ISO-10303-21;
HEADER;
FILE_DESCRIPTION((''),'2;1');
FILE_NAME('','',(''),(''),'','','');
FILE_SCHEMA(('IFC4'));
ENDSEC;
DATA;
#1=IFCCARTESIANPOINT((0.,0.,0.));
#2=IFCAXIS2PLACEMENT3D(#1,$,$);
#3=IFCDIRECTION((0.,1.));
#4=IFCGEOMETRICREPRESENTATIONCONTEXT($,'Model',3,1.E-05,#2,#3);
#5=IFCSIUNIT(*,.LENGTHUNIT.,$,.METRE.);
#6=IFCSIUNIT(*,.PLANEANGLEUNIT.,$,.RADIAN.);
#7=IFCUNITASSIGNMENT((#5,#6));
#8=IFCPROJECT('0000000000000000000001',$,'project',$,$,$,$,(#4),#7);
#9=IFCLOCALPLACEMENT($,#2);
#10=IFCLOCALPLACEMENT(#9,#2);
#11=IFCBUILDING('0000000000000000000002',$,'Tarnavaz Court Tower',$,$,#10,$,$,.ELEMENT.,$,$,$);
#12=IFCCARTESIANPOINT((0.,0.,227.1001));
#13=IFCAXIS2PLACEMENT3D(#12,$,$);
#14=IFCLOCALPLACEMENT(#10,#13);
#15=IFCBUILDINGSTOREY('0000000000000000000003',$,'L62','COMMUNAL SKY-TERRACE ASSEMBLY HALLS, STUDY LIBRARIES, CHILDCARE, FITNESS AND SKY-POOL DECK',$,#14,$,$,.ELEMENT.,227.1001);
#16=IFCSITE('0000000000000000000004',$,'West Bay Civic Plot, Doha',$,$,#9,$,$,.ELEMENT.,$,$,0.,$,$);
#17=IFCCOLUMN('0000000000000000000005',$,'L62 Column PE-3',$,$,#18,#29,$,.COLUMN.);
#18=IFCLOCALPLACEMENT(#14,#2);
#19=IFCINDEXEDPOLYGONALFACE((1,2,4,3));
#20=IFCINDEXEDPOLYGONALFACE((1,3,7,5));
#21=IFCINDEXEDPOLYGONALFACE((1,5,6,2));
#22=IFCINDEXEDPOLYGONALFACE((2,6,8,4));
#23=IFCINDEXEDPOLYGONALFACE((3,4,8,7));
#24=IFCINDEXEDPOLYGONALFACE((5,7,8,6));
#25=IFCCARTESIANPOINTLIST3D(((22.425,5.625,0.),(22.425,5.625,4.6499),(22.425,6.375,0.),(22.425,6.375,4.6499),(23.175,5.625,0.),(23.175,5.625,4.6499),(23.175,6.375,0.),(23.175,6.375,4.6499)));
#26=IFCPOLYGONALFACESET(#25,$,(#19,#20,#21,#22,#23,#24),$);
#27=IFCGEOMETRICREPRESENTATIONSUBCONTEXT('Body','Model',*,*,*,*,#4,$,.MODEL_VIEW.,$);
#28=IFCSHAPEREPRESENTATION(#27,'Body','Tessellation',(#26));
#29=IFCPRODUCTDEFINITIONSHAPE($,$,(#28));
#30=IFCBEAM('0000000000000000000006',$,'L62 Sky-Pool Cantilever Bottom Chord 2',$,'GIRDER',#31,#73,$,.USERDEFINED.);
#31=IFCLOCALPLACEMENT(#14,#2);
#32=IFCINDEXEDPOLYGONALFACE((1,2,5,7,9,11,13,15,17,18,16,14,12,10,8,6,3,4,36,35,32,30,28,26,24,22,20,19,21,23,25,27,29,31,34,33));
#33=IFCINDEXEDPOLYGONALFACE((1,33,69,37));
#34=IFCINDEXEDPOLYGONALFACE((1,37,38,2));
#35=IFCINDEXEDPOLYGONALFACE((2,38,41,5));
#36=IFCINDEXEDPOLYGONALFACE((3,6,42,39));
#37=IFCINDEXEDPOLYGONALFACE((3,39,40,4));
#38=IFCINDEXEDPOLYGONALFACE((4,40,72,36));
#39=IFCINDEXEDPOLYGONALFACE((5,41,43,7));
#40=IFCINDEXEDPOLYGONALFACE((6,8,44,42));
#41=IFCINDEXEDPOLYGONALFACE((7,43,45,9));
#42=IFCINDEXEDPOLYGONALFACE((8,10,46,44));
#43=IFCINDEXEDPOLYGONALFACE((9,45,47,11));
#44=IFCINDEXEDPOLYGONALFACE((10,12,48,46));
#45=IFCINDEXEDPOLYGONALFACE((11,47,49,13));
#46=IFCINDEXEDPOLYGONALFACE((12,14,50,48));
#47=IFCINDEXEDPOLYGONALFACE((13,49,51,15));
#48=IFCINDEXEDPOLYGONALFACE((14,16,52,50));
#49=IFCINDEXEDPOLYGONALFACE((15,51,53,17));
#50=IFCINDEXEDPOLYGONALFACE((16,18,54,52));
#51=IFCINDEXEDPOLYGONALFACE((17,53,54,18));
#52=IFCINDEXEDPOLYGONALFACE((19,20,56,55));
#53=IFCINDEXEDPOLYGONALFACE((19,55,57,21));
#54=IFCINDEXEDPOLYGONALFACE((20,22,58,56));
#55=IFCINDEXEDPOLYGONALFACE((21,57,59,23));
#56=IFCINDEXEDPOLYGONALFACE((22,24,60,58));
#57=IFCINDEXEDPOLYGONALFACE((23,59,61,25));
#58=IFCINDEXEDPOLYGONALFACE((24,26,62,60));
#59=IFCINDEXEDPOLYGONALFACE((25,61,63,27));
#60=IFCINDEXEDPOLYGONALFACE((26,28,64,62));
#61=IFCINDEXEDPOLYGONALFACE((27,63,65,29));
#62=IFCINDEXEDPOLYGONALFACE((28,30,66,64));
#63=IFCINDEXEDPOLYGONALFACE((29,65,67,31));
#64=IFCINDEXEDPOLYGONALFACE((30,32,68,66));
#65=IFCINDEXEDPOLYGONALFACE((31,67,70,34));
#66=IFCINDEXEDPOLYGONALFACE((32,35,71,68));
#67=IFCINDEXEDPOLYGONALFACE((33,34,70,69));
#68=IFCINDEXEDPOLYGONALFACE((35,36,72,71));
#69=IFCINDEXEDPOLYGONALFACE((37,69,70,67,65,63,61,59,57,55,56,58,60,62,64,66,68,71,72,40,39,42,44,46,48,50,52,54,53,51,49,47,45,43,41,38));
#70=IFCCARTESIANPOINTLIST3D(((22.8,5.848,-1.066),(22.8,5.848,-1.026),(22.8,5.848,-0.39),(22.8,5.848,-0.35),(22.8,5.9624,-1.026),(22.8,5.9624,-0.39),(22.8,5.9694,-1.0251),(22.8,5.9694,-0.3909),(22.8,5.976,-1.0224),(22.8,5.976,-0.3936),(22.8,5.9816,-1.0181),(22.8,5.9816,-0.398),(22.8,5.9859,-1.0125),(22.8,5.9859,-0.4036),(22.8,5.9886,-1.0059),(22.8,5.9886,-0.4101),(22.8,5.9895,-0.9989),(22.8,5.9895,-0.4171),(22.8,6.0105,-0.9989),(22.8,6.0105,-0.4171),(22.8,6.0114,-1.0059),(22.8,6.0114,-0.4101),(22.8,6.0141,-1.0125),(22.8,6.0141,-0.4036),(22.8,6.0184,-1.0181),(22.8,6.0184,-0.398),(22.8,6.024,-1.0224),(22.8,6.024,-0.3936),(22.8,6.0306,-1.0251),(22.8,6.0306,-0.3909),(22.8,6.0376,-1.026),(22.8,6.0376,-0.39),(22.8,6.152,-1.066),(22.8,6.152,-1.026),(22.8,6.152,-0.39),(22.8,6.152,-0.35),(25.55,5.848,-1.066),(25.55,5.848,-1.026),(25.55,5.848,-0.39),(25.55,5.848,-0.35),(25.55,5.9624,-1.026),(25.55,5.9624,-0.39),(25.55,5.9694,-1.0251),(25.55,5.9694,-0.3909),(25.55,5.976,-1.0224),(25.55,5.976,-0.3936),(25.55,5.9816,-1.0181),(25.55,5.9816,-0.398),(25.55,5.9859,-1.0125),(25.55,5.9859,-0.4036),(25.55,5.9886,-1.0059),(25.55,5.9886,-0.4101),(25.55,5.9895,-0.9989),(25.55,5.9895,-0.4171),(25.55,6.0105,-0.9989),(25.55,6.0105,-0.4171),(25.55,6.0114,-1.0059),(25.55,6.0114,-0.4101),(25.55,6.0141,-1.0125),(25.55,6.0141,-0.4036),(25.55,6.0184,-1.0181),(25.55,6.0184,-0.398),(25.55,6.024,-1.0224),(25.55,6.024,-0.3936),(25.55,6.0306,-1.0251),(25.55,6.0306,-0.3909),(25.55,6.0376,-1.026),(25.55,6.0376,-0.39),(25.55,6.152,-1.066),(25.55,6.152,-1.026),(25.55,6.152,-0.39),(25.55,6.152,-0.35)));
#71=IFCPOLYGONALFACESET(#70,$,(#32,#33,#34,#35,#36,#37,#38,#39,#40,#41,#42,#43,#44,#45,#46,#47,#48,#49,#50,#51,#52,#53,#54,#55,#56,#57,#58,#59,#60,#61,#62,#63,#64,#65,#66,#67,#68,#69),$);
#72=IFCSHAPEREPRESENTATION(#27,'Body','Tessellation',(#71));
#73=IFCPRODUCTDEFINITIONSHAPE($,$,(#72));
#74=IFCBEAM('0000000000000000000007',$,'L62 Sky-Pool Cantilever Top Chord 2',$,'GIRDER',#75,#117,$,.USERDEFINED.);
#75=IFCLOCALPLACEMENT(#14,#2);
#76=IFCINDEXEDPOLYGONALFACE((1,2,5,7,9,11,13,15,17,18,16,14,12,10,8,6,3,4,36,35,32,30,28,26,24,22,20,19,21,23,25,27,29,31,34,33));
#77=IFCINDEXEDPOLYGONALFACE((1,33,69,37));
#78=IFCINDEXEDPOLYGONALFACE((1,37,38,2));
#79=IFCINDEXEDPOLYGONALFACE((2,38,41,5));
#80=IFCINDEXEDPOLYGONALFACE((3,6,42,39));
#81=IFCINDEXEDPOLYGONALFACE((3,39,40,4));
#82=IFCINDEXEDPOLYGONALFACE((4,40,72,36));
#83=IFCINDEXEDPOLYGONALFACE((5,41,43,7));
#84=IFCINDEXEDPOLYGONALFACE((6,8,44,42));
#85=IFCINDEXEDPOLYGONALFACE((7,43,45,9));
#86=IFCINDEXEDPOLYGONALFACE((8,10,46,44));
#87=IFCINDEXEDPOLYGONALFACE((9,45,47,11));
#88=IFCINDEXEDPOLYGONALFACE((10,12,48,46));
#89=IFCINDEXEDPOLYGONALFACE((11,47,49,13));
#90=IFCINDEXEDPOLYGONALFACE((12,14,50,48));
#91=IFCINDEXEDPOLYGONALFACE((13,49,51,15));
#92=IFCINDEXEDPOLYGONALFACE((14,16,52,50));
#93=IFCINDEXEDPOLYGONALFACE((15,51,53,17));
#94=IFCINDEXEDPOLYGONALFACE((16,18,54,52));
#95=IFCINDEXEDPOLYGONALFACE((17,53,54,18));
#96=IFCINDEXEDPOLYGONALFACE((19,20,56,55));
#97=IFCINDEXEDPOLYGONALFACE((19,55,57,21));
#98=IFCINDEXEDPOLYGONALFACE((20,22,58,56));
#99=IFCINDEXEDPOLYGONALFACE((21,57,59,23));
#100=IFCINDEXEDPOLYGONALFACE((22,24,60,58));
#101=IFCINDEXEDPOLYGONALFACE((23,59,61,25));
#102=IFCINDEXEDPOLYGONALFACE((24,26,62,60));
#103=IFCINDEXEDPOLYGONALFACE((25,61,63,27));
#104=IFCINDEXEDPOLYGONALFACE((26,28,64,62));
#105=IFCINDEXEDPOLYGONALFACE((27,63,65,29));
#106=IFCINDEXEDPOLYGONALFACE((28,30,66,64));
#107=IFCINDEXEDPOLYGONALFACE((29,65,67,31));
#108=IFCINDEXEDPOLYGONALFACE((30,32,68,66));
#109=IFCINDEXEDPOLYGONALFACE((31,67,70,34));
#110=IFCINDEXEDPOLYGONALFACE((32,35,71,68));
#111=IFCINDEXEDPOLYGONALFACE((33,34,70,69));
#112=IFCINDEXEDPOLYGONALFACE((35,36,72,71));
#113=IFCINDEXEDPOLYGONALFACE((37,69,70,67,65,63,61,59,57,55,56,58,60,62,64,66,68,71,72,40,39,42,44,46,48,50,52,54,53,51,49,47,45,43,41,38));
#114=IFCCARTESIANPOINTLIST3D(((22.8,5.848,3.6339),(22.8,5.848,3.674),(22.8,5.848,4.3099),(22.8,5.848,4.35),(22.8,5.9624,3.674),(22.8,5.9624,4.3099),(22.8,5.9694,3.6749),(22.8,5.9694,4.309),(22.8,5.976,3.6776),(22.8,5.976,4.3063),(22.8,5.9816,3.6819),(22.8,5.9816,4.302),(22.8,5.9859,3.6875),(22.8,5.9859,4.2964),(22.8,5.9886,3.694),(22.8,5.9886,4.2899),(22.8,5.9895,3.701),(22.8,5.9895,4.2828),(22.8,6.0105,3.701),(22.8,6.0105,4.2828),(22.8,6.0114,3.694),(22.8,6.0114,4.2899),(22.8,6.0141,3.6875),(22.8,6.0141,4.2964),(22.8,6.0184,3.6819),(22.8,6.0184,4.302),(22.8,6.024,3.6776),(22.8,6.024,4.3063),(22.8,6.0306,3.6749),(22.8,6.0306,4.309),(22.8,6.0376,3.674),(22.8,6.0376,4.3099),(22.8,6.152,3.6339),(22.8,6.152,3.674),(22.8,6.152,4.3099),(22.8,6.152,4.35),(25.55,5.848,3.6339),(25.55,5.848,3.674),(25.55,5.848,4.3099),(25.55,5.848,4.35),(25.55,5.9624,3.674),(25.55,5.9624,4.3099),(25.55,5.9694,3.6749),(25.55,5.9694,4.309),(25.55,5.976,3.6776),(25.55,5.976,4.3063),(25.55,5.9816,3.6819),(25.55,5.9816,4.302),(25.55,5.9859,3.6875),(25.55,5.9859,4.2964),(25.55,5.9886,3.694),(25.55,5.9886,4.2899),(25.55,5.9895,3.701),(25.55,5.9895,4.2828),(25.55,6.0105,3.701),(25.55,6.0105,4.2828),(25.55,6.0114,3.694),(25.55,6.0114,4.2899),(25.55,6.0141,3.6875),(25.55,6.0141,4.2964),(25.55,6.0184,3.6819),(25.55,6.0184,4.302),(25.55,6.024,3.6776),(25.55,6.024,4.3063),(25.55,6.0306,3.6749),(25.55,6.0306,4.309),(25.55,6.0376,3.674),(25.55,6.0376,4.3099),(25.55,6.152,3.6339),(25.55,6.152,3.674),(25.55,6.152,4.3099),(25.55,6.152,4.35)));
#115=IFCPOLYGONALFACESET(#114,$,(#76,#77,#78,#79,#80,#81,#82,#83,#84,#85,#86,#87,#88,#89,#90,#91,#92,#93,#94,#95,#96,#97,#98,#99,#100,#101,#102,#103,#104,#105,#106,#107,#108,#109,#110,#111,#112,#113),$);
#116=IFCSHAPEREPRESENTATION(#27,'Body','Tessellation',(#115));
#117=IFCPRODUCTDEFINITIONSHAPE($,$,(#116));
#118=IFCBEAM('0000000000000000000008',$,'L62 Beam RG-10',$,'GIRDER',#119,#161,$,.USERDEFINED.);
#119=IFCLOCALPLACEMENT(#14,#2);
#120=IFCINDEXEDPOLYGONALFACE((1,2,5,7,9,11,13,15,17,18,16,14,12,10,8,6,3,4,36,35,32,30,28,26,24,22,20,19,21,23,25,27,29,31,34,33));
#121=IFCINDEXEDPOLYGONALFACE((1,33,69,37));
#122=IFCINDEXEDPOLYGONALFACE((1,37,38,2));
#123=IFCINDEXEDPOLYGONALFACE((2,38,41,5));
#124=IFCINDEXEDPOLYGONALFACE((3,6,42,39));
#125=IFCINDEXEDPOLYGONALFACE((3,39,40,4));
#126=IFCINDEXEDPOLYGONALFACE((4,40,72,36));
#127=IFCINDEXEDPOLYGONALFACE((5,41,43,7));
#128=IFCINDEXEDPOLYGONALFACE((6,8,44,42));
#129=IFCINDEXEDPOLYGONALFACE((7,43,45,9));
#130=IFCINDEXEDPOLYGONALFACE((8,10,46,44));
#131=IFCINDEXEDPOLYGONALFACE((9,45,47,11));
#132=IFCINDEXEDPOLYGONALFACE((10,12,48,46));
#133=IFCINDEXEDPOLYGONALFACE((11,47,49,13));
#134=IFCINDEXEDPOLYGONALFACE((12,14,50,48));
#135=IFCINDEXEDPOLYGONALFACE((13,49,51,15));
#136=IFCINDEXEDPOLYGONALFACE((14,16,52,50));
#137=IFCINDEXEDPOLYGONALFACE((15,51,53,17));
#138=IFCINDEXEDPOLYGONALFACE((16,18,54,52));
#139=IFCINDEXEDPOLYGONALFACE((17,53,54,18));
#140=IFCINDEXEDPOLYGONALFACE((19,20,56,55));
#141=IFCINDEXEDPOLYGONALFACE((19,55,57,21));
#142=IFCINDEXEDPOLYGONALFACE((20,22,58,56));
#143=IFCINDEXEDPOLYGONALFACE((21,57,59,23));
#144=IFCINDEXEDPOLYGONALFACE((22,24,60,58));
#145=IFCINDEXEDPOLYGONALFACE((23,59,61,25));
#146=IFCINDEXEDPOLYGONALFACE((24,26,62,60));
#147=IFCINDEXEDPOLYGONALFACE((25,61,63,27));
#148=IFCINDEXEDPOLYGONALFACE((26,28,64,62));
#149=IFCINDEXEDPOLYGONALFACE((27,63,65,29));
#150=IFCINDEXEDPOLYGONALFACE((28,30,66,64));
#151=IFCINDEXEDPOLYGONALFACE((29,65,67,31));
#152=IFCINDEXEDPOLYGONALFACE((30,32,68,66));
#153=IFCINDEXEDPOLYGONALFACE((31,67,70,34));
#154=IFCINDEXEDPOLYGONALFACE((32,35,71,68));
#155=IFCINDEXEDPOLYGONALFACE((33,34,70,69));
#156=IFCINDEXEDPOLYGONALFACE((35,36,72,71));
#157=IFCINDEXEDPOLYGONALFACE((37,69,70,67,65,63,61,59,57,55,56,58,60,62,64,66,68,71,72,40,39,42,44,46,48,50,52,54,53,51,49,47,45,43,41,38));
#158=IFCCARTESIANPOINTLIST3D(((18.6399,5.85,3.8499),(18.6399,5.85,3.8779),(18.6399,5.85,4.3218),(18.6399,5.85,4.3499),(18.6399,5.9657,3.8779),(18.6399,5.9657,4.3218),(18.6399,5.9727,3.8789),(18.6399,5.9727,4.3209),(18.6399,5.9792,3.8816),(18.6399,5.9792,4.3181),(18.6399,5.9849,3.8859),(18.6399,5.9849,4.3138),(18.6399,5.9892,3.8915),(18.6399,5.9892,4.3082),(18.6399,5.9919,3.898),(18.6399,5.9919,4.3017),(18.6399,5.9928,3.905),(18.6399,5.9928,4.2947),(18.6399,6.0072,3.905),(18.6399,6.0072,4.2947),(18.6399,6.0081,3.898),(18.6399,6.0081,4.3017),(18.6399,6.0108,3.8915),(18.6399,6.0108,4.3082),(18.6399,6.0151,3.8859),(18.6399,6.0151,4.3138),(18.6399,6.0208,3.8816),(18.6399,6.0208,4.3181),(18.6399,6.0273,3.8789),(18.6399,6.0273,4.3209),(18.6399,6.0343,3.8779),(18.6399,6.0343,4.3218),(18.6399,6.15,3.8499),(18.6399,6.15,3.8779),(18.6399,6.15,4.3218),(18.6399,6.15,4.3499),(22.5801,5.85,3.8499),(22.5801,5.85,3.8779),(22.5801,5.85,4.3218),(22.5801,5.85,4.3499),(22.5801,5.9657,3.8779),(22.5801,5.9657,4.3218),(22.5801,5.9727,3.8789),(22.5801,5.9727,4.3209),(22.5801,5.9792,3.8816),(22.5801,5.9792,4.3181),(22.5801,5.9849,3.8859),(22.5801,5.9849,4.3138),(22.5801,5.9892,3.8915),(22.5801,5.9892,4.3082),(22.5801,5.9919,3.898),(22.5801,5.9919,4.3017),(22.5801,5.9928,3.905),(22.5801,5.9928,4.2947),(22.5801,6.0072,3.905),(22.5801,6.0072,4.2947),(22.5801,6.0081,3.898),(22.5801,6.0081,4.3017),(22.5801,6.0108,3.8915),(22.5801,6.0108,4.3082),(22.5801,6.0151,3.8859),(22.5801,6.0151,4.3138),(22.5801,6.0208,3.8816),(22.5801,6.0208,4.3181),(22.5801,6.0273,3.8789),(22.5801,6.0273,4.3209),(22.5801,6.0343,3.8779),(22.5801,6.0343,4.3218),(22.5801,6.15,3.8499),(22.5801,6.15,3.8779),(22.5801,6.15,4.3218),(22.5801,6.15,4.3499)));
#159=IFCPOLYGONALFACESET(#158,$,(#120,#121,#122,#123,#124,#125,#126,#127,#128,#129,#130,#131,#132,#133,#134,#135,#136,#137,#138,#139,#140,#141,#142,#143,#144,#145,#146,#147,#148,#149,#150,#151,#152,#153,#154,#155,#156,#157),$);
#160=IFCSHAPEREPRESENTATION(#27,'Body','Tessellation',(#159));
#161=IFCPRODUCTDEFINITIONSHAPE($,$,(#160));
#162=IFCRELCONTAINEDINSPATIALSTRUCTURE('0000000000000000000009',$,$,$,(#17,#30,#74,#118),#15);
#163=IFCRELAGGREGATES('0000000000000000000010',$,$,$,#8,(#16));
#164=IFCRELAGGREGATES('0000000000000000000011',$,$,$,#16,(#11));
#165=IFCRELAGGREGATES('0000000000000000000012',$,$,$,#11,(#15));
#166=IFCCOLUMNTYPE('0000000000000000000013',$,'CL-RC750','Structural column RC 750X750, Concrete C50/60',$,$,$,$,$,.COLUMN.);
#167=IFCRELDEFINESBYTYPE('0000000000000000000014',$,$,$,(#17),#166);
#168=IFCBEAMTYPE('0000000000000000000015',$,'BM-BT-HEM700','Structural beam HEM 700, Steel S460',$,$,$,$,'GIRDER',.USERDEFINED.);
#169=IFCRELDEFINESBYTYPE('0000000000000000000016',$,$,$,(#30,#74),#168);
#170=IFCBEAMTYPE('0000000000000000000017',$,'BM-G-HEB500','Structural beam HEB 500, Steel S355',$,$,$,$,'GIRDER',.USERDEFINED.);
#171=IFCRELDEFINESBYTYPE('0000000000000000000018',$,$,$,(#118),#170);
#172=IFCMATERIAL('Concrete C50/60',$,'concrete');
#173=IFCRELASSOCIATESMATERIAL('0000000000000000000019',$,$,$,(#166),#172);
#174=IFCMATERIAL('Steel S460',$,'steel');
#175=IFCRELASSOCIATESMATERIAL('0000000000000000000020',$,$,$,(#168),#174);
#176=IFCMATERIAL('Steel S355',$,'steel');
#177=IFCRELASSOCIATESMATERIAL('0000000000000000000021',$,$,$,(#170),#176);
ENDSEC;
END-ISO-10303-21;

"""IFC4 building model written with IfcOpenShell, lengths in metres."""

from ifc_helpers import new_model, si_unit, direction, frame, origin, origin_2d, place, context, subcontext, project, spatial, rectangle, i_section, extrude, material, material_profile, profile_set, type_object, element, save


model = new_model("IFC4")

# Units and contexts
model_context = context("Model", 3, precision=1e-05, world=origin(), true_north=direction((0.0, 1.0)))
body_context = subcontext(model_context, "Body", "Model", "MODEL_VIEW")
ifc_project = project(units=[si_unit("LENGTHUNIT", "METRE"), si_unit("PLANEANGLEUNIT", "RADIAN")], contexts=[model_context])

# Site, building, storey
site_placement = place(None, origin())
site = spatial("IfcSite", under=ifc_project, at=site_placement, Name="West Bay Civic Plot, Doha", CompositionType="ELEMENT", RefElevation=0.0)
building_placement = place(site_placement, origin())
building = spatial("IfcBuilding", under=site, at=building_placement, Name="Tarnavaz Court Tower", CompositionType="ELEMENT")
storey_placement = place(building_placement, frame((0.0, 0.0, 227.1001)))
storey = spatial("IfcBuildingStorey", under=building, at=storey_placement, Name="L62", Description="COMMUNAL SKY-TERRACE ASSEMBLY HALLS, STUDY LIBRARIES, CHILDCARE, FITNESS AND SKY-POOL DECK", CompositionType="ELEMENT", Elevation=227.1001)

# Column
ifc_material_1 = material(Name="Concrete C50/60", Category="concrete")
ifc_material_profile_1 = material_profile(ifc_material_1, rectangle(XDim=0.75, YDim=0.75, at=origin_2d()), Name="RC 750X750")
ifc_profile_set_1 = profile_set([ifc_material_profile_1], Name="Concrete C50/60")
column_type = type_object("IfcColumnType", Name="CL-RC750", Description="Structural column RC 750X750, Concrete C50/60", PredefinedType="COLUMN", material=ifc_profile_set_1)
column_placement = place(storey_placement, frame((22.8, 6.0, 0.0), z_axis=(0.0, 0.0, 1.0), x_axis=(1.0, 0.0, 0.0)))
element("IfcColumn", 1, at=column_placement, inside=storey, type_object=column_type, Name="L62 Column PE-3", PredefinedType="COLUMN", context=body_context, shape_type="SweptSolid", body=[
    extrude(rectangle(XDim=0.75, YDim=0.75, at=origin_2d()), origin(), (0.0, 0.0, 1.0), 4.6499),
])

# Beams
ifc_material_2 = material(Name="Steel S460", Category="steel")
ifc_material_profile_2 = material_profile(ifc_material_2, i_section(OverallWidth=0.304, OverallDepth=0.7161, WebThickness=0.021, FlangeThickness=0.04, FilletRadius=0.0271, at=origin_2d()), Name="HEM 700")
ifc_profile_set_2 = profile_set([ifc_material_profile_2], Name="Steel S460")
beam_type_1 = type_object("IfcBeamType", Name="BM-BT-HEM700", Description="Structural beam HEM 700, Steel S460", ElementType="GIRDER", PredefinedType="USERDEFINED", material=ifc_profile_set_2)
for number, where, z_axis, x_axis, name in (
    (2, (22.8, 6.0, -0.708), (1.0, 0.0, 0.0), (0.0, 1.0, 0.0), "L62 Sky-Pool Cantilever Bottom Chord 2"),
    (3, (22.8, 6.0, 3.9919), (1.0, 0.0, 0.0), (0.0, 1.0, 0.0), "L62 Sky-Pool Cantilever Top Chord 2"),
):
    element("IfcBeam", number, at=place(storey_placement, frame(where, z_axis=z_axis, x_axis=x_axis)), inside=storey, type_object=beam_type_1, Name=name, ObjectType="GIRDER", PredefinedType="USERDEFINED", context=body_context, shape_type="SweptSolid", body=[
        extrude(i_section(OverallWidth=0.304, OverallDepth=0.7161, WebThickness=0.021, FlangeThickness=0.04, FilletRadius=0.0271, at=origin_2d()), origin(), (0.0, 0.0, 1.0), 2.75),
    ])
ifc_material_3 = material(Name="Steel S355", Category="steel")
ifc_material_profile_3 = material_profile(ifc_material_3, i_section(OverallWidth=0.3, OverallDepth=0.5, WebThickness=0.0144, FlangeThickness=0.0281, FilletRadius=0.0271, at=origin_2d()), Name="HEB 500")
ifc_profile_set_3 = profile_set([ifc_material_profile_3], Name="Steel S355")
beam_type_2 = type_object("IfcBeamType", Name="BM-G-HEB500", Description="Structural beam HEB 500, Steel S355", ElementType="GIRDER", PredefinedType="USERDEFINED", material=ifc_profile_set_3)
beam_1_placement = place(storey_placement, frame((18.6399, 6.0, 4.0999), z_axis=(1.0, 0.0, 0.0), x_axis=(0.0, 1.0, 0.0)))
element("IfcBeam", 4, at=beam_1_placement, inside=storey, type_object=beam_type_2, Name="L62 Beam RG-10", ObjectType="GIRDER", PredefinedType="USERDEFINED", context=body_context, shape_type="SweptSolid", body=[
    extrude(i_section(OverallWidth=0.3, OverallDepth=0.5, WebThickness=0.0144, FlangeThickness=0.0281, FilletRadius=0.0271, at=origin_2d()), origin(), (0.0, 0.0, 1.0), 3.9402),
])

save(model, "model.ifc")
